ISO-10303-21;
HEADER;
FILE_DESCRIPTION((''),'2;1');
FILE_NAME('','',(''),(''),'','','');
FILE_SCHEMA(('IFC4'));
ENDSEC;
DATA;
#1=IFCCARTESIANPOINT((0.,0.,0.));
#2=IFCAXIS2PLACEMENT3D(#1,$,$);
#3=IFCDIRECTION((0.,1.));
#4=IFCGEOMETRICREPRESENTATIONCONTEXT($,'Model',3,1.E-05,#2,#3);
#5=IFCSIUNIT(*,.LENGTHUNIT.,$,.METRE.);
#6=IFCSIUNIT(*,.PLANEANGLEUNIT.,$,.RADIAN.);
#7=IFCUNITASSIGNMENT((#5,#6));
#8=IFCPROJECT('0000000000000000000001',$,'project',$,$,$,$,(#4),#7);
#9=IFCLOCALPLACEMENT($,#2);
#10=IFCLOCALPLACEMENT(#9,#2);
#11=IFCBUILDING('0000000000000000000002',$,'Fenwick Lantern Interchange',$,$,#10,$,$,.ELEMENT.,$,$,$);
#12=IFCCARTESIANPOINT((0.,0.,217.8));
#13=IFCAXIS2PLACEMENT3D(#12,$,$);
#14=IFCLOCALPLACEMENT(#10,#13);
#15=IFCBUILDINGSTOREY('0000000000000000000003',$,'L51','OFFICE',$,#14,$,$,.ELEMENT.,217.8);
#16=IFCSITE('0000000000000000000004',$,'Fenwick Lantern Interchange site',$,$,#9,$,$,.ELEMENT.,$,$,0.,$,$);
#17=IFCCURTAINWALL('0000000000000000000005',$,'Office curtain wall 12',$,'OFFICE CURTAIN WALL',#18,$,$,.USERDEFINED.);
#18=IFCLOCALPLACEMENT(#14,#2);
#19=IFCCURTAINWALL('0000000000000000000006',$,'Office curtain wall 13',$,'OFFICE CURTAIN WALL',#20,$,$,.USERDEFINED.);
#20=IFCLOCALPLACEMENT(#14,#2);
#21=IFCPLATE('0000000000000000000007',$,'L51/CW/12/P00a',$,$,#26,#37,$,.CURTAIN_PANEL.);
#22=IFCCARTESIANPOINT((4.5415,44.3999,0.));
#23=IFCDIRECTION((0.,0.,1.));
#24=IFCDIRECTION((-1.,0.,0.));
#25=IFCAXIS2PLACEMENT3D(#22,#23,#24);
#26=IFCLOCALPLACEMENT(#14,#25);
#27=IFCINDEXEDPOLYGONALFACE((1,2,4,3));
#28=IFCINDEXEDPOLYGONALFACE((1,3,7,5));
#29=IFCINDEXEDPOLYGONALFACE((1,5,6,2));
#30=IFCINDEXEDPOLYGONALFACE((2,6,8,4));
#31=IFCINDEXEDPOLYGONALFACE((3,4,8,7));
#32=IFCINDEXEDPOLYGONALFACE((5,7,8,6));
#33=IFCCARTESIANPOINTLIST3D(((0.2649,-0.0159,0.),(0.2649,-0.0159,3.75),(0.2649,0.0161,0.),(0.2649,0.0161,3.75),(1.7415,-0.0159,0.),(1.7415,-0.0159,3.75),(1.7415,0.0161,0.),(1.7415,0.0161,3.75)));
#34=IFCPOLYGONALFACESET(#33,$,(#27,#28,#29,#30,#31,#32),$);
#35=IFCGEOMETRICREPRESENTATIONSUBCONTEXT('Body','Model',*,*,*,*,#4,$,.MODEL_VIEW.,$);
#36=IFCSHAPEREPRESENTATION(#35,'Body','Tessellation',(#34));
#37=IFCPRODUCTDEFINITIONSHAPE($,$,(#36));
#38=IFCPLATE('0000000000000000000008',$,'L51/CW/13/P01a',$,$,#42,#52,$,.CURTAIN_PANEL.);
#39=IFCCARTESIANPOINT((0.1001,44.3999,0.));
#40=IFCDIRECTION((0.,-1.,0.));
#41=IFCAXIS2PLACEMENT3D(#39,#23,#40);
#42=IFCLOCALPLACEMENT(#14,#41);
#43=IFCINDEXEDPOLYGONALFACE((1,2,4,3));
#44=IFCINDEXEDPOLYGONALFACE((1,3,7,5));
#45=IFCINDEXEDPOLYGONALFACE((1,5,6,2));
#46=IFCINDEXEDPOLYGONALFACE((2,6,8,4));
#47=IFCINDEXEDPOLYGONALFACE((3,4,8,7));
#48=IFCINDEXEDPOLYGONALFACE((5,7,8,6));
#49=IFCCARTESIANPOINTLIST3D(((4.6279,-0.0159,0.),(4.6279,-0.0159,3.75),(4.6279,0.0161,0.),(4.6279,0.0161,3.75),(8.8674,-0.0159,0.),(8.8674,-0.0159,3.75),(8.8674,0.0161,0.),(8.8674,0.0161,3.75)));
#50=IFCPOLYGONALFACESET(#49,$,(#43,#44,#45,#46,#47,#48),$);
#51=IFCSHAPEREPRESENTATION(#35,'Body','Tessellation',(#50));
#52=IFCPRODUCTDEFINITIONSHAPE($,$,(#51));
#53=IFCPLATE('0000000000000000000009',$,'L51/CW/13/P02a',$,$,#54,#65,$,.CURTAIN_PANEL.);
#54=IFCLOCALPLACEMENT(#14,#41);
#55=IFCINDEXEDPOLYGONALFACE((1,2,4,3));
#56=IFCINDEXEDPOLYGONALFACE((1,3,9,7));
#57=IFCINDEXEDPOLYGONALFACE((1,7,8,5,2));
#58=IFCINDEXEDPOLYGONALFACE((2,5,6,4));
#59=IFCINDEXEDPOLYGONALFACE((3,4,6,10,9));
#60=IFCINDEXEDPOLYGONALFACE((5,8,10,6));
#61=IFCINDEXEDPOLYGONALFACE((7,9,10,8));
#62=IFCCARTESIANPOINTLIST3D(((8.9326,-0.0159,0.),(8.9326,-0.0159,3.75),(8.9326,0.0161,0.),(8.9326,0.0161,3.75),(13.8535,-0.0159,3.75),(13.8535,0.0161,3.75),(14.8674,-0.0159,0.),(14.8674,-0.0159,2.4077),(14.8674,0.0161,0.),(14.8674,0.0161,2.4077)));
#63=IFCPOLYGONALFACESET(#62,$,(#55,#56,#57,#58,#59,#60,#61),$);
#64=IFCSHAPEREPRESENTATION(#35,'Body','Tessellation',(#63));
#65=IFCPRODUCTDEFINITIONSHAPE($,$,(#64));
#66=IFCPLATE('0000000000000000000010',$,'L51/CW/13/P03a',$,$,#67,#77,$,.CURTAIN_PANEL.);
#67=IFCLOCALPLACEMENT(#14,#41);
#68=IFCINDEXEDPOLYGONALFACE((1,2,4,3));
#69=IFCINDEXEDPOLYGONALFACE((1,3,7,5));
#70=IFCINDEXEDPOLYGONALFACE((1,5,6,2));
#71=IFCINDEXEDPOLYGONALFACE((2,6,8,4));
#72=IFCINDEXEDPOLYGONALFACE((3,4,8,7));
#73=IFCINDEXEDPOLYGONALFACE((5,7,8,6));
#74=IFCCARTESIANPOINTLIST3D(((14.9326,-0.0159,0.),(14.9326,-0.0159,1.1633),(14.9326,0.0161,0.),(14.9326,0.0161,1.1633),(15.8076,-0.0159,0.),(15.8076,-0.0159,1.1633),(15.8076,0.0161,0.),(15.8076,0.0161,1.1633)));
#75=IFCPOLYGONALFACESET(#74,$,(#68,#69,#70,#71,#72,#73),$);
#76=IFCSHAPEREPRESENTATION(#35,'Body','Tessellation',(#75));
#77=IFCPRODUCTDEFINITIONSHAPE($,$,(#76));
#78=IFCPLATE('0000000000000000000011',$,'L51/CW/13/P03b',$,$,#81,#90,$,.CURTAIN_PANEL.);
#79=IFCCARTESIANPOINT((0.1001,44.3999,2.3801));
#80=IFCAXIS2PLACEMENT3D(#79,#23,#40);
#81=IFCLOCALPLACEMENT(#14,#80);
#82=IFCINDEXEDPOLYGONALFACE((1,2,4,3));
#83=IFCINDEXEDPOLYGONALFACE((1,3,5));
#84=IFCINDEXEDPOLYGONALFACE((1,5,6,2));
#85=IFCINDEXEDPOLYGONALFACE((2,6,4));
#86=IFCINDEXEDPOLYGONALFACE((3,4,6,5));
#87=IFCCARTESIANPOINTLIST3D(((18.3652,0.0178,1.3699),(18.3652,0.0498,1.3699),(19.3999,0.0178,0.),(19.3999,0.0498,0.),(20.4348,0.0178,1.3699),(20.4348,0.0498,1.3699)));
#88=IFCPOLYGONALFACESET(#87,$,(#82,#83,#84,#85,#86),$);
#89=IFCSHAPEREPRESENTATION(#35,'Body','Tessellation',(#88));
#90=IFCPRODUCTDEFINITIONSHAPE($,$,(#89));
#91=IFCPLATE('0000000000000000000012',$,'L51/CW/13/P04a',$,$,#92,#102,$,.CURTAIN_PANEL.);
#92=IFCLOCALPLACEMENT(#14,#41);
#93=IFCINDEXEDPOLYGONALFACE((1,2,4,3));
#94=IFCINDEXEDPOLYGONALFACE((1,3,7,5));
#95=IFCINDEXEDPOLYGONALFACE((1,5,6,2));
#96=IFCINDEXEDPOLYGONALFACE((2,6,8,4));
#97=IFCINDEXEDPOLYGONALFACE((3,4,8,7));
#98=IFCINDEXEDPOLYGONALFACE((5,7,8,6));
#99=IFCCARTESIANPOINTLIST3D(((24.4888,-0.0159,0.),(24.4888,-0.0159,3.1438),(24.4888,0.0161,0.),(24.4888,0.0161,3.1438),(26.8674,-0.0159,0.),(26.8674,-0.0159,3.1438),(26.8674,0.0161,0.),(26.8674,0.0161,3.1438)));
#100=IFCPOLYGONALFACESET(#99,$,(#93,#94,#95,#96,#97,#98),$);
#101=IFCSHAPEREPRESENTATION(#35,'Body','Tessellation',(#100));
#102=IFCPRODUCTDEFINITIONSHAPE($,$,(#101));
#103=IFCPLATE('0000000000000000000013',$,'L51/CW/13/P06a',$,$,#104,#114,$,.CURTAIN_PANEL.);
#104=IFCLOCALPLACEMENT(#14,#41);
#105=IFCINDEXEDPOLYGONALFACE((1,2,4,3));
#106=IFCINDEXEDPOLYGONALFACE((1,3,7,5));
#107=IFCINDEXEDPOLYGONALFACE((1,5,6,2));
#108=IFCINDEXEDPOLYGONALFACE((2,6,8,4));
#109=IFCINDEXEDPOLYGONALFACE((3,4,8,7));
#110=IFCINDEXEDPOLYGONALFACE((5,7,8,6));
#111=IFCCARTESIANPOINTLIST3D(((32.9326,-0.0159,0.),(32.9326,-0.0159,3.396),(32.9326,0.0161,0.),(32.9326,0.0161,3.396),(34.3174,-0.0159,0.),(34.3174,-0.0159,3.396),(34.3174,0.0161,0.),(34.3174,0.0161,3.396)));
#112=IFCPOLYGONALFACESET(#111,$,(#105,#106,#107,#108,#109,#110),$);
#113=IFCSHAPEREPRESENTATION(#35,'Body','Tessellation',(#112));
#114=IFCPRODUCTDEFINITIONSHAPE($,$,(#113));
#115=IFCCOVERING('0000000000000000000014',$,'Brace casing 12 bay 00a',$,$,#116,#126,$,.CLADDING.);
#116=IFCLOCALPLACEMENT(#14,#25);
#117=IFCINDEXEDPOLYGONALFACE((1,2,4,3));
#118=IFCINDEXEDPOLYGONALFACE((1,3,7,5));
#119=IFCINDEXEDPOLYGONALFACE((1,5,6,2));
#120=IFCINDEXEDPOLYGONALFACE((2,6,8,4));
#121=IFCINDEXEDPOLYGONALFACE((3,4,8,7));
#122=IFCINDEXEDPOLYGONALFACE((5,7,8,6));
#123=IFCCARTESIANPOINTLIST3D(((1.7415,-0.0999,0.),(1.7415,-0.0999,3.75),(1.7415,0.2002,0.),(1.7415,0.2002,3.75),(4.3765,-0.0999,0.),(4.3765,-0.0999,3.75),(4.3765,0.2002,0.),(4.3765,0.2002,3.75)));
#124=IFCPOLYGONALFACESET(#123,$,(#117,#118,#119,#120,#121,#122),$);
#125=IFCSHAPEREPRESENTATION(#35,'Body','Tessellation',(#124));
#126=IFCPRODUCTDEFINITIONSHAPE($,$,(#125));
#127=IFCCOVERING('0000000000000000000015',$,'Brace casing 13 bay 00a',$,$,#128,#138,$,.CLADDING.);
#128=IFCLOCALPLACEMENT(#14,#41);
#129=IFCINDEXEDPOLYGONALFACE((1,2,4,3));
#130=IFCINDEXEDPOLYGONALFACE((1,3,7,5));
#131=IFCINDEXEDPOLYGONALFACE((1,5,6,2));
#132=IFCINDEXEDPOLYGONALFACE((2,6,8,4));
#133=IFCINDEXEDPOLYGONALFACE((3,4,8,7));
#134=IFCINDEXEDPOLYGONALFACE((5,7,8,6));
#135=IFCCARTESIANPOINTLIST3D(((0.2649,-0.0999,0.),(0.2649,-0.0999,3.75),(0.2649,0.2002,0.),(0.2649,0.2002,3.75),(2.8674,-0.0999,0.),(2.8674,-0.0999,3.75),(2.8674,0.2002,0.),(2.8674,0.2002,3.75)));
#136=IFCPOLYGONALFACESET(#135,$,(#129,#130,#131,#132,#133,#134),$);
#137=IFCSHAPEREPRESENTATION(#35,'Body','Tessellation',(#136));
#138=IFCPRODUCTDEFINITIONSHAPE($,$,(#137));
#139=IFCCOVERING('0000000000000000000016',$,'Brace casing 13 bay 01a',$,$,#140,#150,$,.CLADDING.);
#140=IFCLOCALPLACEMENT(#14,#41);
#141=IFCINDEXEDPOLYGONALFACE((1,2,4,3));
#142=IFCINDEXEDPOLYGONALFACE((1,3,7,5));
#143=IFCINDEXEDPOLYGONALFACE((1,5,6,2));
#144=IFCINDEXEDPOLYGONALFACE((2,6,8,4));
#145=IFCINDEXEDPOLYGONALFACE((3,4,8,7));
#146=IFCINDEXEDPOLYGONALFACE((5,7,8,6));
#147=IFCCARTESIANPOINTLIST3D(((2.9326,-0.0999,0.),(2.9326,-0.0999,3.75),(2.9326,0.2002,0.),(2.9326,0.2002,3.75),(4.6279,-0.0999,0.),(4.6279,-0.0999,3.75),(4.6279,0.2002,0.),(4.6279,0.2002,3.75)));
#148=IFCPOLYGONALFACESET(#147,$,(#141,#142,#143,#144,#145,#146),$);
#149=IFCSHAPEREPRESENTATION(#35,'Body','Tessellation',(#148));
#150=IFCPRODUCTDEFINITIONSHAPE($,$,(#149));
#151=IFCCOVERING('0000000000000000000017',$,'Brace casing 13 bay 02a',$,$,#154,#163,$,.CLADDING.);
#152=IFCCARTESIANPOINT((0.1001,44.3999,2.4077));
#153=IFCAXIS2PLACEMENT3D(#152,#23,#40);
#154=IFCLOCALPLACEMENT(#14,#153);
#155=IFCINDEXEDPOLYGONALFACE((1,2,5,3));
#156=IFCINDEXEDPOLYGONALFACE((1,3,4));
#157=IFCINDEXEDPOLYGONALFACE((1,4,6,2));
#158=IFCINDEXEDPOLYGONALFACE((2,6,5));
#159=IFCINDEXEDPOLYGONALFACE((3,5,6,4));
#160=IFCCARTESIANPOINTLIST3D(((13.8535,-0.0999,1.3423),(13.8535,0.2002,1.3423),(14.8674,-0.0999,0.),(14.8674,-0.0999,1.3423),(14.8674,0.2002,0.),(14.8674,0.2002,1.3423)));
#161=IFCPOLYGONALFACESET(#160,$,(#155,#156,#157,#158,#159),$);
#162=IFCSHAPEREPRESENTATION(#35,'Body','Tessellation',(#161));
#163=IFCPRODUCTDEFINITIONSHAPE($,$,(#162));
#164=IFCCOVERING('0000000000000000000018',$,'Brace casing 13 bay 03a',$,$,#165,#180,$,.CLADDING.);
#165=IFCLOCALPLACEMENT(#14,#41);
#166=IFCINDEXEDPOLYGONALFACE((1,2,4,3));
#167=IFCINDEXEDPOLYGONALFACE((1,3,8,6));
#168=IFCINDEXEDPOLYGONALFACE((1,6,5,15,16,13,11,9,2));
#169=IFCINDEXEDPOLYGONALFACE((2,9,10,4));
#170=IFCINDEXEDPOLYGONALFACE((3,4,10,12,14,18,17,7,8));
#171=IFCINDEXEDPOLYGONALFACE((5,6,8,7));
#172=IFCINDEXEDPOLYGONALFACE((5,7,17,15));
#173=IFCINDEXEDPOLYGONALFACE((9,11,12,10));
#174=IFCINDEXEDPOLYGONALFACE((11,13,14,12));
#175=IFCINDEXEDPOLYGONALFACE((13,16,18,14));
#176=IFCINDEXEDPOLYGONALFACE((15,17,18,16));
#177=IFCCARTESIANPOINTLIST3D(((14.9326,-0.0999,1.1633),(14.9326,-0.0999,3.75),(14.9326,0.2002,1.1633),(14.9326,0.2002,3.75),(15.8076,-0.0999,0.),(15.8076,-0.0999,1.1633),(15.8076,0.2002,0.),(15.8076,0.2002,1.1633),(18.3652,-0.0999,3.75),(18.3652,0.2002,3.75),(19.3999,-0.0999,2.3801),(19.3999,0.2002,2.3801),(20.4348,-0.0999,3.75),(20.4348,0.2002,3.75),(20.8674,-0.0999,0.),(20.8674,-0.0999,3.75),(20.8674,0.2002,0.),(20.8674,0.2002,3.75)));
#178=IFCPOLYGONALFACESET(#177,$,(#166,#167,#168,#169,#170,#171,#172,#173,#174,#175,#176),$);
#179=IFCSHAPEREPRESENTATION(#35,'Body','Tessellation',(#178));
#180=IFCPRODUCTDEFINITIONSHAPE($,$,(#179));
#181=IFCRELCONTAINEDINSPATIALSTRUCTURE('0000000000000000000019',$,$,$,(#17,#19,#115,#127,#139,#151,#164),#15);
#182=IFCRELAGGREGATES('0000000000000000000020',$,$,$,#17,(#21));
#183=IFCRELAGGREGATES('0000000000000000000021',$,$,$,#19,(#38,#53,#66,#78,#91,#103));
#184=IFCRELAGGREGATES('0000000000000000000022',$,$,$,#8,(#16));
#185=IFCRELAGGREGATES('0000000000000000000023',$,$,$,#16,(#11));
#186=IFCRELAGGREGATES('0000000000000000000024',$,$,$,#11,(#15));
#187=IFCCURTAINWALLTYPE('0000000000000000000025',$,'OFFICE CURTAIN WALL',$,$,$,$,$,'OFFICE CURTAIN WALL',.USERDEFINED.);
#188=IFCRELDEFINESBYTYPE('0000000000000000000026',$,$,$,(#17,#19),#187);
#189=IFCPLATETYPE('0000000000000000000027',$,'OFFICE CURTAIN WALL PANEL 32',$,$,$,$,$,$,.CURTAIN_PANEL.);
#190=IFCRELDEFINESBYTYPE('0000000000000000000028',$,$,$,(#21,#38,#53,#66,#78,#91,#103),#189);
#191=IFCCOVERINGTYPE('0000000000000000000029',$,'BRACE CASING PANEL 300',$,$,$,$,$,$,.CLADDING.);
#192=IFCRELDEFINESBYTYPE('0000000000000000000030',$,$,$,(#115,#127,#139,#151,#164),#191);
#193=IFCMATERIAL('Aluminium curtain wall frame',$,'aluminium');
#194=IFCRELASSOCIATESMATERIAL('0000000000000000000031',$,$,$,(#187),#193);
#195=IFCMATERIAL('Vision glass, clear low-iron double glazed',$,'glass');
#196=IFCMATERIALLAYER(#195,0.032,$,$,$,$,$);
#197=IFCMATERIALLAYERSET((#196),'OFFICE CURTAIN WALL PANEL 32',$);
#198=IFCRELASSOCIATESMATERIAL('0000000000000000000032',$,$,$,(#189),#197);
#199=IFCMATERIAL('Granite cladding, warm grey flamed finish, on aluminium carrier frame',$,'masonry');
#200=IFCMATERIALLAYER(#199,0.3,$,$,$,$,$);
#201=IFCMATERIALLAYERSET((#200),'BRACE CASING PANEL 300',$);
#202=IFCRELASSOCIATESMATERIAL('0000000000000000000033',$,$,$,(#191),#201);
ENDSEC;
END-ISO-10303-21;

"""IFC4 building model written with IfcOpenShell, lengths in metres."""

from ifc_helpers import new_model, si_unit, direction, frame, origin, place, context, subcontext, project, spatial, polyline, outline, extrude, material, layer, layer_set, type_object, element, aggregate, save


model = new_model("IFC4")

# Units and contexts
model_context = context("Model", 3, precision=1e-05, world=origin(), true_north=direction((0.0, 1.0)))
body_context = subcontext(model_context, "Body", "Model", "MODEL_VIEW")
ifc_project = project(units=[si_unit("LENGTHUNIT", "METRE"), si_unit("PLANEANGLEUNIT", "RADIAN")], contexts=[model_context])

# Site, building, storey
site_placement = place(None, origin())
site = spatial("IfcSite", under=ifc_project, at=site_placement, Name="Fenwick Lantern Interchange site", CompositionType="ELEMENT", RefElevation=0.0)
building_placement = place(site_placement, origin())
building = spatial("IfcBuilding", under=site, at=building_placement, Name="Fenwick Lantern Interchange", CompositionType="ELEMENT")
storey_placement = place(building_placement, frame((0.0, 0.0, 217.8)))
storey = spatial("IfcBuildingStorey", under=building, at=storey_placement, Name="L51", Description="OFFICE", CompositionType="ELEMENT", Elevation=217.8)

# Shared definitions
ifc_material_1 = material(Name="Aluminium curtain wall frame", Category="aluminium")
curtain_wall_type = type_object("IfcCurtainWallType", Name="OFFICE CURTAIN WALL", ElementType="OFFICE CURTAIN WALL", PredefinedType="USERDEFINED", material=ifc_material_1)

# Curtain walls
curtain_wall_1_placement = place(storey_placement, origin())
curtain_wall_1 = element("IfcCurtainWall", 1, at=curtain_wall_1_placement, inside=storey, type_object=curtain_wall_type, Name="Office curtain wall 12", ObjectType="OFFICE CURTAIN WALL", PredefinedType="USERDEFINED")
curtain_wall_2_placement = place(storey_placement, origin())
curtain_wall_2 = element("IfcCurtainWall", 2, at=curtain_wall_2_placement, inside=storey, type_object=curtain_wall_type, Name="Office curtain wall 13", ObjectType="OFFICE CURTAIN WALL", PredefinedType="USERDEFINED")

# Plates
ifc_material_2 = material(Name="Vision glass, clear low-iron double glazed", Category="glass")
ifc_layer_1 = layer(ifc_material_2, 0.032)
ifc_layer_set_1 = layer_set([ifc_layer_1], Name="OFFICE CURTAIN WALL PANEL 32")
plate_type = type_object("IfcPlateType", Name="OFFICE CURTAIN WALL PANEL 32", PredefinedType="CURTAIN_PANEL", material=ifc_layer_set_1)
plate_1_placement = place(storey_placement, frame((4.5415, 44.3999, 0.0), z_axis=(0.0, 0.0, 1.0), x_axis=(-1.0, 0.0, 0.0)))
plate_1 = element("IfcPlate", 3, at=plate_1_placement, type_object=plate_type, Name="L51/CW/12/P00a", PredefinedType="CURTAIN_PANEL", context=body_context, shape_type="SweptSolid", body=[
    extrude(outline(polyline([(0.2649, 0.0), (1.7415, 0.0), (1.7415, 3.75), (0.2649, 3.75), (0.2649, 0.0)])), frame((0.0, 0.0161, 0.0), z_axis=(0.0, -1.0, 0.0), x_axis=(1.0, 0.0, 0.0)), (0.0, 0.0, 1.0), 0.032),
])
aggregate(curtain_wall_1, [plate_1])
plate_2_placement = place(storey_placement, frame((0.1001, 44.3999, 0.0), z_axis=(0.0, 0.0, 1.0), x_axis=(0.0, -1.0, 0.0)))
plate_2 = element("IfcPlate", 4, at=plate_2_placement, type_object=plate_type, Name="L51/CW/13/P01a", PredefinedType="CURTAIN_PANEL", context=body_context, shape_type="SweptSolid", body=[
    extrude(outline(polyline([(4.6279, 0.0), (8.8674, 0.0), (8.8674, 3.75), (4.6279, 3.75), (4.6279, 0.0)])), frame((0.0, 0.0161, 0.0), z_axis=(0.0, -1.0, 0.0), x_axis=(1.0, 0.0, 0.0)), (0.0, 0.0, 1.0), 0.032),
])
plate_3_placement = place(storey_placement, frame((0.1001, 44.3999, 0.0), z_axis=(0.0, 0.0, 1.0), x_axis=(0.0, -1.0, 0.0)))
plate_3 = element("IfcPlate", 5, at=plate_3_placement, type_object=plate_type, Name="L51/CW/13/P02a", PredefinedType="CURTAIN_PANEL", context=body_context, shape_type="SweptSolid", body=[
    extrude(outline(polyline([(8.9326, 0.0), (14.8674, 0.0), (14.8674, 2.4077), (13.8535, 3.75), (8.9326, 3.75), (8.9326, 0.0)])), frame((0.0, 0.0161, 0.0), z_axis=(0.0, -1.0, 0.0), x_axis=(1.0, 0.0, 0.0)), (0.0, 0.0, 1.0), 0.032),
])
plate_4_placement = place(storey_placement, frame((0.1001, 44.3999, 0.0), z_axis=(0.0, 0.0, 1.0), x_axis=(0.0, -1.0, 0.0)))
plate_4 = element("IfcPlate", 6, at=plate_4_placement, type_object=plate_type, Name="L51/CW/13/P03a", PredefinedType="CURTAIN_PANEL", context=body_context, shape_type="SweptSolid", body=[
    extrude(outline(polyline([(14.9326, 0.0), (15.8076, 0.0), (15.8076, 1.1633), (14.9326, 1.1633), (14.9326, 0.0)])), frame((0.0, 0.0161, 0.0), z_axis=(0.0, -1.0, 0.0), x_axis=(1.0, 0.0, 0.0)), (0.0, 0.0, 1.0), 0.032),
])
plate_5_placement = place(storey_placement, frame((0.1001, 44.3999, 2.3801), z_axis=(0.0, 0.0, 1.0), x_axis=(0.0, -1.0, 0.0)))
plate_5 = element("IfcPlate", 7, at=plate_5_placement, type_object=plate_type, Name="L51/CW/13/P03b", PredefinedType="CURTAIN_PANEL", context=body_context, shape_type="SweptSolid", body=[
    extrude(outline(polyline([(19.3999, 0.0), (20.4348, 1.3699), (18.3652, 1.3699), (19.3999, 0.0)])), frame((0.0, 0.0498, 0.0), z_axis=(0.0, -1.0, 0.0), x_axis=(1.0, 0.0, 0.0)), (0.0, 0.0, 1.0), 0.032),
])
plate_6_placement = place(storey_placement, frame((0.1001, 44.3999, 0.0), z_axis=(0.0, 0.0, 1.0), x_axis=(0.0, -1.0, 0.0)))
plate_6 = element("IfcPlate", 8, at=plate_6_placement, type_object=plate_type, Name="L51/CW/13/P04a", PredefinedType="CURTAIN_PANEL", context=body_context, shape_type="SweptSolid", body=[
    extrude(outline(polyline([(24.4888, 0.0), (26.8674, 0.0), (26.8674, 3.1438), (24.4888, 3.1438), (24.4888, 0.0)])), frame((0.0, 0.0161, 0.0), z_axis=(0.0, -1.0, 0.0), x_axis=(1.0, 0.0, 0.0)), (0.0, 0.0, 1.0), 0.032),
])
plate_7_placement = place(storey_placement, frame((0.1001, 44.3999, 0.0), z_axis=(0.0, 0.0, 1.0), x_axis=(0.0, -1.0, 0.0)))
plate_7 = element("IfcPlate", 9, at=plate_7_placement, type_object=plate_type, Name="L51/CW/13/P06a", PredefinedType="CURTAIN_PANEL", context=body_context, shape_type="SweptSolid", body=[
    extrude(outline(polyline([(32.9326, 0.0), (34.3174, 0.0), (34.3174, 3.396), (32.9326, 3.396), (32.9326, 0.0)])), frame((0.0, 0.0161, 0.0), z_axis=(0.0, -1.0, 0.0), x_axis=(1.0, 0.0, 0.0)), (0.0, 0.0, 1.0), 0.032),
])
aggregate(curtain_wall_2, [plate_2, plate_3, plate_4, plate_5, plate_6, plate_7])

# Coverings
ifc_material_3 = material(Name="Granite cladding, warm grey flamed finish, on aluminium carrier frame", Category="masonry")
ifc_layer_2 = layer(ifc_material_3, 0.3)
ifc_layer_set_2 = layer_set([ifc_layer_2], Name="BRACE CASING PANEL 300")
covering_type = type_object("IfcCoveringType", Name="BRACE CASING PANEL 300", PredefinedType="CLADDING", material=ifc_layer_set_2)
covering_1_placement = place(storey_placement, frame((4.5415, 44.3999, 0.0), z_axis=(0.0, 0.0, 1.0), x_axis=(-1.0, 0.0, 0.0)))
element("IfcCovering", 10, at=covering_1_placement, inside=storey, type_object=covering_type, Name="Brace casing 12 bay 00a", PredefinedType="CLADDING", context=body_context, shape_type="SweptSolid", body=[
    extrude(outline(polyline([(1.7415, 0.0), (4.3765, 0.0), (4.3765, 3.75), (1.7415, 3.75), (1.7415, 0.0)])), frame((0.0, 0.2002, 0.0), z_axis=(0.0, -1.0, 0.0), x_axis=(1.0, 0.0, 0.0)), (0.0, 0.0, 1.0), 0.3),
])
covering_2_placement = place(storey_placement, frame((0.1001, 44.3999, 0.0), z_axis=(0.0, 0.0, 1.0), x_axis=(0.0, -1.0, 0.0)))
element("IfcCovering", 11, at=covering_2_placement, inside=storey, type_object=covering_type, Name="Brace casing 13 bay 00a", PredefinedType="CLADDING", context=body_context, shape_type="SweptSolid", body=[
    extrude(outline(polyline([(0.2649, 0.0), (2.8674, 0.0), (2.8674, 3.75), (0.2649, 3.75), (0.2649, 0.0)])), frame((0.0, 0.2002, 0.0), z_axis=(0.0, -1.0, 0.0), x_axis=(1.0, 0.0, 0.0)), (0.0, 0.0, 1.0), 0.3),
])
covering_3_placement = place(storey_placement, frame((0.1001, 44.3999, 0.0), z_axis=(0.0, 0.0, 1.0), x_axis=(0.0, -1.0, 0.0)))
element("IfcCovering", 12, at=covering_3_placement, inside=storey, type_object=covering_type, Name="Brace casing 13 bay 01a", PredefinedType="CLADDING", context=body_context, shape_type="SweptSolid", body=[
    extrude(outline(polyline([(2.9326, 0.0), (4.6279, 0.0), (4.6279, 3.75), (2.9326, 3.75), (2.9326, 0.0)])), frame((0.0, 0.2002, 0.0), z_axis=(0.0, -1.0, 0.0), x_axis=(1.0, 0.0, 0.0)), (0.0, 0.0, 1.0), 0.3),
])
covering_4_placement = place(storey_placement, frame((0.1001, 44.3999, 2.4077), z_axis=(0.0, 0.0, 1.0), x_axis=(0.0, -1.0, 0.0)))
element("IfcCovering", 13, at=covering_4_placement, inside=storey, type_object=covering_type, Name="Brace casing 13 bay 02a", PredefinedType="CLADDING", context=body_context, shape_type="SweptSolid", body=[
    extrude(outline(polyline([(14.8674, 0.0), (14.8674, 1.3423), (13.8535, 1.3423), (14.8674, 0.0)])), frame((0.0, 0.2002, 0.0), z_axis=(0.0, -1.0, 0.0), x_axis=(1.0, 0.0, 0.0)), (0.0, 0.0, 1.0), 0.3),
])
covering_5_placement = place(storey_placement, frame((0.1001, 44.3999, 0.0), z_axis=(0.0, 0.0, 1.0), x_axis=(0.0, -1.0, 0.0)))
element("IfcCovering", 14, at=covering_5_placement, inside=storey, type_object=covering_type, Name="Brace casing 13 bay 03a", PredefinedType="CLADDING", context=body_context, shape_type="SweptSolid", body=[
    extrude(outline(polyline([(15.8076, 0.0), (20.8674, 0.0), (20.8674, 3.75), (20.4348, 3.75), (19.3999, 2.3801), (18.3652, 3.75), (14.9326, 3.75), (14.9326, 1.1633), (15.8076, 1.1633), (15.8076, 0.0)])), frame((0.0, 0.2002, 0.0), z_axis=(0.0, -1.0, 0.0), x_axis=(1.0, 0.0, 0.0)), (0.0, 0.0, 1.0), 0.3),
])

save(model, "model.ifc")
